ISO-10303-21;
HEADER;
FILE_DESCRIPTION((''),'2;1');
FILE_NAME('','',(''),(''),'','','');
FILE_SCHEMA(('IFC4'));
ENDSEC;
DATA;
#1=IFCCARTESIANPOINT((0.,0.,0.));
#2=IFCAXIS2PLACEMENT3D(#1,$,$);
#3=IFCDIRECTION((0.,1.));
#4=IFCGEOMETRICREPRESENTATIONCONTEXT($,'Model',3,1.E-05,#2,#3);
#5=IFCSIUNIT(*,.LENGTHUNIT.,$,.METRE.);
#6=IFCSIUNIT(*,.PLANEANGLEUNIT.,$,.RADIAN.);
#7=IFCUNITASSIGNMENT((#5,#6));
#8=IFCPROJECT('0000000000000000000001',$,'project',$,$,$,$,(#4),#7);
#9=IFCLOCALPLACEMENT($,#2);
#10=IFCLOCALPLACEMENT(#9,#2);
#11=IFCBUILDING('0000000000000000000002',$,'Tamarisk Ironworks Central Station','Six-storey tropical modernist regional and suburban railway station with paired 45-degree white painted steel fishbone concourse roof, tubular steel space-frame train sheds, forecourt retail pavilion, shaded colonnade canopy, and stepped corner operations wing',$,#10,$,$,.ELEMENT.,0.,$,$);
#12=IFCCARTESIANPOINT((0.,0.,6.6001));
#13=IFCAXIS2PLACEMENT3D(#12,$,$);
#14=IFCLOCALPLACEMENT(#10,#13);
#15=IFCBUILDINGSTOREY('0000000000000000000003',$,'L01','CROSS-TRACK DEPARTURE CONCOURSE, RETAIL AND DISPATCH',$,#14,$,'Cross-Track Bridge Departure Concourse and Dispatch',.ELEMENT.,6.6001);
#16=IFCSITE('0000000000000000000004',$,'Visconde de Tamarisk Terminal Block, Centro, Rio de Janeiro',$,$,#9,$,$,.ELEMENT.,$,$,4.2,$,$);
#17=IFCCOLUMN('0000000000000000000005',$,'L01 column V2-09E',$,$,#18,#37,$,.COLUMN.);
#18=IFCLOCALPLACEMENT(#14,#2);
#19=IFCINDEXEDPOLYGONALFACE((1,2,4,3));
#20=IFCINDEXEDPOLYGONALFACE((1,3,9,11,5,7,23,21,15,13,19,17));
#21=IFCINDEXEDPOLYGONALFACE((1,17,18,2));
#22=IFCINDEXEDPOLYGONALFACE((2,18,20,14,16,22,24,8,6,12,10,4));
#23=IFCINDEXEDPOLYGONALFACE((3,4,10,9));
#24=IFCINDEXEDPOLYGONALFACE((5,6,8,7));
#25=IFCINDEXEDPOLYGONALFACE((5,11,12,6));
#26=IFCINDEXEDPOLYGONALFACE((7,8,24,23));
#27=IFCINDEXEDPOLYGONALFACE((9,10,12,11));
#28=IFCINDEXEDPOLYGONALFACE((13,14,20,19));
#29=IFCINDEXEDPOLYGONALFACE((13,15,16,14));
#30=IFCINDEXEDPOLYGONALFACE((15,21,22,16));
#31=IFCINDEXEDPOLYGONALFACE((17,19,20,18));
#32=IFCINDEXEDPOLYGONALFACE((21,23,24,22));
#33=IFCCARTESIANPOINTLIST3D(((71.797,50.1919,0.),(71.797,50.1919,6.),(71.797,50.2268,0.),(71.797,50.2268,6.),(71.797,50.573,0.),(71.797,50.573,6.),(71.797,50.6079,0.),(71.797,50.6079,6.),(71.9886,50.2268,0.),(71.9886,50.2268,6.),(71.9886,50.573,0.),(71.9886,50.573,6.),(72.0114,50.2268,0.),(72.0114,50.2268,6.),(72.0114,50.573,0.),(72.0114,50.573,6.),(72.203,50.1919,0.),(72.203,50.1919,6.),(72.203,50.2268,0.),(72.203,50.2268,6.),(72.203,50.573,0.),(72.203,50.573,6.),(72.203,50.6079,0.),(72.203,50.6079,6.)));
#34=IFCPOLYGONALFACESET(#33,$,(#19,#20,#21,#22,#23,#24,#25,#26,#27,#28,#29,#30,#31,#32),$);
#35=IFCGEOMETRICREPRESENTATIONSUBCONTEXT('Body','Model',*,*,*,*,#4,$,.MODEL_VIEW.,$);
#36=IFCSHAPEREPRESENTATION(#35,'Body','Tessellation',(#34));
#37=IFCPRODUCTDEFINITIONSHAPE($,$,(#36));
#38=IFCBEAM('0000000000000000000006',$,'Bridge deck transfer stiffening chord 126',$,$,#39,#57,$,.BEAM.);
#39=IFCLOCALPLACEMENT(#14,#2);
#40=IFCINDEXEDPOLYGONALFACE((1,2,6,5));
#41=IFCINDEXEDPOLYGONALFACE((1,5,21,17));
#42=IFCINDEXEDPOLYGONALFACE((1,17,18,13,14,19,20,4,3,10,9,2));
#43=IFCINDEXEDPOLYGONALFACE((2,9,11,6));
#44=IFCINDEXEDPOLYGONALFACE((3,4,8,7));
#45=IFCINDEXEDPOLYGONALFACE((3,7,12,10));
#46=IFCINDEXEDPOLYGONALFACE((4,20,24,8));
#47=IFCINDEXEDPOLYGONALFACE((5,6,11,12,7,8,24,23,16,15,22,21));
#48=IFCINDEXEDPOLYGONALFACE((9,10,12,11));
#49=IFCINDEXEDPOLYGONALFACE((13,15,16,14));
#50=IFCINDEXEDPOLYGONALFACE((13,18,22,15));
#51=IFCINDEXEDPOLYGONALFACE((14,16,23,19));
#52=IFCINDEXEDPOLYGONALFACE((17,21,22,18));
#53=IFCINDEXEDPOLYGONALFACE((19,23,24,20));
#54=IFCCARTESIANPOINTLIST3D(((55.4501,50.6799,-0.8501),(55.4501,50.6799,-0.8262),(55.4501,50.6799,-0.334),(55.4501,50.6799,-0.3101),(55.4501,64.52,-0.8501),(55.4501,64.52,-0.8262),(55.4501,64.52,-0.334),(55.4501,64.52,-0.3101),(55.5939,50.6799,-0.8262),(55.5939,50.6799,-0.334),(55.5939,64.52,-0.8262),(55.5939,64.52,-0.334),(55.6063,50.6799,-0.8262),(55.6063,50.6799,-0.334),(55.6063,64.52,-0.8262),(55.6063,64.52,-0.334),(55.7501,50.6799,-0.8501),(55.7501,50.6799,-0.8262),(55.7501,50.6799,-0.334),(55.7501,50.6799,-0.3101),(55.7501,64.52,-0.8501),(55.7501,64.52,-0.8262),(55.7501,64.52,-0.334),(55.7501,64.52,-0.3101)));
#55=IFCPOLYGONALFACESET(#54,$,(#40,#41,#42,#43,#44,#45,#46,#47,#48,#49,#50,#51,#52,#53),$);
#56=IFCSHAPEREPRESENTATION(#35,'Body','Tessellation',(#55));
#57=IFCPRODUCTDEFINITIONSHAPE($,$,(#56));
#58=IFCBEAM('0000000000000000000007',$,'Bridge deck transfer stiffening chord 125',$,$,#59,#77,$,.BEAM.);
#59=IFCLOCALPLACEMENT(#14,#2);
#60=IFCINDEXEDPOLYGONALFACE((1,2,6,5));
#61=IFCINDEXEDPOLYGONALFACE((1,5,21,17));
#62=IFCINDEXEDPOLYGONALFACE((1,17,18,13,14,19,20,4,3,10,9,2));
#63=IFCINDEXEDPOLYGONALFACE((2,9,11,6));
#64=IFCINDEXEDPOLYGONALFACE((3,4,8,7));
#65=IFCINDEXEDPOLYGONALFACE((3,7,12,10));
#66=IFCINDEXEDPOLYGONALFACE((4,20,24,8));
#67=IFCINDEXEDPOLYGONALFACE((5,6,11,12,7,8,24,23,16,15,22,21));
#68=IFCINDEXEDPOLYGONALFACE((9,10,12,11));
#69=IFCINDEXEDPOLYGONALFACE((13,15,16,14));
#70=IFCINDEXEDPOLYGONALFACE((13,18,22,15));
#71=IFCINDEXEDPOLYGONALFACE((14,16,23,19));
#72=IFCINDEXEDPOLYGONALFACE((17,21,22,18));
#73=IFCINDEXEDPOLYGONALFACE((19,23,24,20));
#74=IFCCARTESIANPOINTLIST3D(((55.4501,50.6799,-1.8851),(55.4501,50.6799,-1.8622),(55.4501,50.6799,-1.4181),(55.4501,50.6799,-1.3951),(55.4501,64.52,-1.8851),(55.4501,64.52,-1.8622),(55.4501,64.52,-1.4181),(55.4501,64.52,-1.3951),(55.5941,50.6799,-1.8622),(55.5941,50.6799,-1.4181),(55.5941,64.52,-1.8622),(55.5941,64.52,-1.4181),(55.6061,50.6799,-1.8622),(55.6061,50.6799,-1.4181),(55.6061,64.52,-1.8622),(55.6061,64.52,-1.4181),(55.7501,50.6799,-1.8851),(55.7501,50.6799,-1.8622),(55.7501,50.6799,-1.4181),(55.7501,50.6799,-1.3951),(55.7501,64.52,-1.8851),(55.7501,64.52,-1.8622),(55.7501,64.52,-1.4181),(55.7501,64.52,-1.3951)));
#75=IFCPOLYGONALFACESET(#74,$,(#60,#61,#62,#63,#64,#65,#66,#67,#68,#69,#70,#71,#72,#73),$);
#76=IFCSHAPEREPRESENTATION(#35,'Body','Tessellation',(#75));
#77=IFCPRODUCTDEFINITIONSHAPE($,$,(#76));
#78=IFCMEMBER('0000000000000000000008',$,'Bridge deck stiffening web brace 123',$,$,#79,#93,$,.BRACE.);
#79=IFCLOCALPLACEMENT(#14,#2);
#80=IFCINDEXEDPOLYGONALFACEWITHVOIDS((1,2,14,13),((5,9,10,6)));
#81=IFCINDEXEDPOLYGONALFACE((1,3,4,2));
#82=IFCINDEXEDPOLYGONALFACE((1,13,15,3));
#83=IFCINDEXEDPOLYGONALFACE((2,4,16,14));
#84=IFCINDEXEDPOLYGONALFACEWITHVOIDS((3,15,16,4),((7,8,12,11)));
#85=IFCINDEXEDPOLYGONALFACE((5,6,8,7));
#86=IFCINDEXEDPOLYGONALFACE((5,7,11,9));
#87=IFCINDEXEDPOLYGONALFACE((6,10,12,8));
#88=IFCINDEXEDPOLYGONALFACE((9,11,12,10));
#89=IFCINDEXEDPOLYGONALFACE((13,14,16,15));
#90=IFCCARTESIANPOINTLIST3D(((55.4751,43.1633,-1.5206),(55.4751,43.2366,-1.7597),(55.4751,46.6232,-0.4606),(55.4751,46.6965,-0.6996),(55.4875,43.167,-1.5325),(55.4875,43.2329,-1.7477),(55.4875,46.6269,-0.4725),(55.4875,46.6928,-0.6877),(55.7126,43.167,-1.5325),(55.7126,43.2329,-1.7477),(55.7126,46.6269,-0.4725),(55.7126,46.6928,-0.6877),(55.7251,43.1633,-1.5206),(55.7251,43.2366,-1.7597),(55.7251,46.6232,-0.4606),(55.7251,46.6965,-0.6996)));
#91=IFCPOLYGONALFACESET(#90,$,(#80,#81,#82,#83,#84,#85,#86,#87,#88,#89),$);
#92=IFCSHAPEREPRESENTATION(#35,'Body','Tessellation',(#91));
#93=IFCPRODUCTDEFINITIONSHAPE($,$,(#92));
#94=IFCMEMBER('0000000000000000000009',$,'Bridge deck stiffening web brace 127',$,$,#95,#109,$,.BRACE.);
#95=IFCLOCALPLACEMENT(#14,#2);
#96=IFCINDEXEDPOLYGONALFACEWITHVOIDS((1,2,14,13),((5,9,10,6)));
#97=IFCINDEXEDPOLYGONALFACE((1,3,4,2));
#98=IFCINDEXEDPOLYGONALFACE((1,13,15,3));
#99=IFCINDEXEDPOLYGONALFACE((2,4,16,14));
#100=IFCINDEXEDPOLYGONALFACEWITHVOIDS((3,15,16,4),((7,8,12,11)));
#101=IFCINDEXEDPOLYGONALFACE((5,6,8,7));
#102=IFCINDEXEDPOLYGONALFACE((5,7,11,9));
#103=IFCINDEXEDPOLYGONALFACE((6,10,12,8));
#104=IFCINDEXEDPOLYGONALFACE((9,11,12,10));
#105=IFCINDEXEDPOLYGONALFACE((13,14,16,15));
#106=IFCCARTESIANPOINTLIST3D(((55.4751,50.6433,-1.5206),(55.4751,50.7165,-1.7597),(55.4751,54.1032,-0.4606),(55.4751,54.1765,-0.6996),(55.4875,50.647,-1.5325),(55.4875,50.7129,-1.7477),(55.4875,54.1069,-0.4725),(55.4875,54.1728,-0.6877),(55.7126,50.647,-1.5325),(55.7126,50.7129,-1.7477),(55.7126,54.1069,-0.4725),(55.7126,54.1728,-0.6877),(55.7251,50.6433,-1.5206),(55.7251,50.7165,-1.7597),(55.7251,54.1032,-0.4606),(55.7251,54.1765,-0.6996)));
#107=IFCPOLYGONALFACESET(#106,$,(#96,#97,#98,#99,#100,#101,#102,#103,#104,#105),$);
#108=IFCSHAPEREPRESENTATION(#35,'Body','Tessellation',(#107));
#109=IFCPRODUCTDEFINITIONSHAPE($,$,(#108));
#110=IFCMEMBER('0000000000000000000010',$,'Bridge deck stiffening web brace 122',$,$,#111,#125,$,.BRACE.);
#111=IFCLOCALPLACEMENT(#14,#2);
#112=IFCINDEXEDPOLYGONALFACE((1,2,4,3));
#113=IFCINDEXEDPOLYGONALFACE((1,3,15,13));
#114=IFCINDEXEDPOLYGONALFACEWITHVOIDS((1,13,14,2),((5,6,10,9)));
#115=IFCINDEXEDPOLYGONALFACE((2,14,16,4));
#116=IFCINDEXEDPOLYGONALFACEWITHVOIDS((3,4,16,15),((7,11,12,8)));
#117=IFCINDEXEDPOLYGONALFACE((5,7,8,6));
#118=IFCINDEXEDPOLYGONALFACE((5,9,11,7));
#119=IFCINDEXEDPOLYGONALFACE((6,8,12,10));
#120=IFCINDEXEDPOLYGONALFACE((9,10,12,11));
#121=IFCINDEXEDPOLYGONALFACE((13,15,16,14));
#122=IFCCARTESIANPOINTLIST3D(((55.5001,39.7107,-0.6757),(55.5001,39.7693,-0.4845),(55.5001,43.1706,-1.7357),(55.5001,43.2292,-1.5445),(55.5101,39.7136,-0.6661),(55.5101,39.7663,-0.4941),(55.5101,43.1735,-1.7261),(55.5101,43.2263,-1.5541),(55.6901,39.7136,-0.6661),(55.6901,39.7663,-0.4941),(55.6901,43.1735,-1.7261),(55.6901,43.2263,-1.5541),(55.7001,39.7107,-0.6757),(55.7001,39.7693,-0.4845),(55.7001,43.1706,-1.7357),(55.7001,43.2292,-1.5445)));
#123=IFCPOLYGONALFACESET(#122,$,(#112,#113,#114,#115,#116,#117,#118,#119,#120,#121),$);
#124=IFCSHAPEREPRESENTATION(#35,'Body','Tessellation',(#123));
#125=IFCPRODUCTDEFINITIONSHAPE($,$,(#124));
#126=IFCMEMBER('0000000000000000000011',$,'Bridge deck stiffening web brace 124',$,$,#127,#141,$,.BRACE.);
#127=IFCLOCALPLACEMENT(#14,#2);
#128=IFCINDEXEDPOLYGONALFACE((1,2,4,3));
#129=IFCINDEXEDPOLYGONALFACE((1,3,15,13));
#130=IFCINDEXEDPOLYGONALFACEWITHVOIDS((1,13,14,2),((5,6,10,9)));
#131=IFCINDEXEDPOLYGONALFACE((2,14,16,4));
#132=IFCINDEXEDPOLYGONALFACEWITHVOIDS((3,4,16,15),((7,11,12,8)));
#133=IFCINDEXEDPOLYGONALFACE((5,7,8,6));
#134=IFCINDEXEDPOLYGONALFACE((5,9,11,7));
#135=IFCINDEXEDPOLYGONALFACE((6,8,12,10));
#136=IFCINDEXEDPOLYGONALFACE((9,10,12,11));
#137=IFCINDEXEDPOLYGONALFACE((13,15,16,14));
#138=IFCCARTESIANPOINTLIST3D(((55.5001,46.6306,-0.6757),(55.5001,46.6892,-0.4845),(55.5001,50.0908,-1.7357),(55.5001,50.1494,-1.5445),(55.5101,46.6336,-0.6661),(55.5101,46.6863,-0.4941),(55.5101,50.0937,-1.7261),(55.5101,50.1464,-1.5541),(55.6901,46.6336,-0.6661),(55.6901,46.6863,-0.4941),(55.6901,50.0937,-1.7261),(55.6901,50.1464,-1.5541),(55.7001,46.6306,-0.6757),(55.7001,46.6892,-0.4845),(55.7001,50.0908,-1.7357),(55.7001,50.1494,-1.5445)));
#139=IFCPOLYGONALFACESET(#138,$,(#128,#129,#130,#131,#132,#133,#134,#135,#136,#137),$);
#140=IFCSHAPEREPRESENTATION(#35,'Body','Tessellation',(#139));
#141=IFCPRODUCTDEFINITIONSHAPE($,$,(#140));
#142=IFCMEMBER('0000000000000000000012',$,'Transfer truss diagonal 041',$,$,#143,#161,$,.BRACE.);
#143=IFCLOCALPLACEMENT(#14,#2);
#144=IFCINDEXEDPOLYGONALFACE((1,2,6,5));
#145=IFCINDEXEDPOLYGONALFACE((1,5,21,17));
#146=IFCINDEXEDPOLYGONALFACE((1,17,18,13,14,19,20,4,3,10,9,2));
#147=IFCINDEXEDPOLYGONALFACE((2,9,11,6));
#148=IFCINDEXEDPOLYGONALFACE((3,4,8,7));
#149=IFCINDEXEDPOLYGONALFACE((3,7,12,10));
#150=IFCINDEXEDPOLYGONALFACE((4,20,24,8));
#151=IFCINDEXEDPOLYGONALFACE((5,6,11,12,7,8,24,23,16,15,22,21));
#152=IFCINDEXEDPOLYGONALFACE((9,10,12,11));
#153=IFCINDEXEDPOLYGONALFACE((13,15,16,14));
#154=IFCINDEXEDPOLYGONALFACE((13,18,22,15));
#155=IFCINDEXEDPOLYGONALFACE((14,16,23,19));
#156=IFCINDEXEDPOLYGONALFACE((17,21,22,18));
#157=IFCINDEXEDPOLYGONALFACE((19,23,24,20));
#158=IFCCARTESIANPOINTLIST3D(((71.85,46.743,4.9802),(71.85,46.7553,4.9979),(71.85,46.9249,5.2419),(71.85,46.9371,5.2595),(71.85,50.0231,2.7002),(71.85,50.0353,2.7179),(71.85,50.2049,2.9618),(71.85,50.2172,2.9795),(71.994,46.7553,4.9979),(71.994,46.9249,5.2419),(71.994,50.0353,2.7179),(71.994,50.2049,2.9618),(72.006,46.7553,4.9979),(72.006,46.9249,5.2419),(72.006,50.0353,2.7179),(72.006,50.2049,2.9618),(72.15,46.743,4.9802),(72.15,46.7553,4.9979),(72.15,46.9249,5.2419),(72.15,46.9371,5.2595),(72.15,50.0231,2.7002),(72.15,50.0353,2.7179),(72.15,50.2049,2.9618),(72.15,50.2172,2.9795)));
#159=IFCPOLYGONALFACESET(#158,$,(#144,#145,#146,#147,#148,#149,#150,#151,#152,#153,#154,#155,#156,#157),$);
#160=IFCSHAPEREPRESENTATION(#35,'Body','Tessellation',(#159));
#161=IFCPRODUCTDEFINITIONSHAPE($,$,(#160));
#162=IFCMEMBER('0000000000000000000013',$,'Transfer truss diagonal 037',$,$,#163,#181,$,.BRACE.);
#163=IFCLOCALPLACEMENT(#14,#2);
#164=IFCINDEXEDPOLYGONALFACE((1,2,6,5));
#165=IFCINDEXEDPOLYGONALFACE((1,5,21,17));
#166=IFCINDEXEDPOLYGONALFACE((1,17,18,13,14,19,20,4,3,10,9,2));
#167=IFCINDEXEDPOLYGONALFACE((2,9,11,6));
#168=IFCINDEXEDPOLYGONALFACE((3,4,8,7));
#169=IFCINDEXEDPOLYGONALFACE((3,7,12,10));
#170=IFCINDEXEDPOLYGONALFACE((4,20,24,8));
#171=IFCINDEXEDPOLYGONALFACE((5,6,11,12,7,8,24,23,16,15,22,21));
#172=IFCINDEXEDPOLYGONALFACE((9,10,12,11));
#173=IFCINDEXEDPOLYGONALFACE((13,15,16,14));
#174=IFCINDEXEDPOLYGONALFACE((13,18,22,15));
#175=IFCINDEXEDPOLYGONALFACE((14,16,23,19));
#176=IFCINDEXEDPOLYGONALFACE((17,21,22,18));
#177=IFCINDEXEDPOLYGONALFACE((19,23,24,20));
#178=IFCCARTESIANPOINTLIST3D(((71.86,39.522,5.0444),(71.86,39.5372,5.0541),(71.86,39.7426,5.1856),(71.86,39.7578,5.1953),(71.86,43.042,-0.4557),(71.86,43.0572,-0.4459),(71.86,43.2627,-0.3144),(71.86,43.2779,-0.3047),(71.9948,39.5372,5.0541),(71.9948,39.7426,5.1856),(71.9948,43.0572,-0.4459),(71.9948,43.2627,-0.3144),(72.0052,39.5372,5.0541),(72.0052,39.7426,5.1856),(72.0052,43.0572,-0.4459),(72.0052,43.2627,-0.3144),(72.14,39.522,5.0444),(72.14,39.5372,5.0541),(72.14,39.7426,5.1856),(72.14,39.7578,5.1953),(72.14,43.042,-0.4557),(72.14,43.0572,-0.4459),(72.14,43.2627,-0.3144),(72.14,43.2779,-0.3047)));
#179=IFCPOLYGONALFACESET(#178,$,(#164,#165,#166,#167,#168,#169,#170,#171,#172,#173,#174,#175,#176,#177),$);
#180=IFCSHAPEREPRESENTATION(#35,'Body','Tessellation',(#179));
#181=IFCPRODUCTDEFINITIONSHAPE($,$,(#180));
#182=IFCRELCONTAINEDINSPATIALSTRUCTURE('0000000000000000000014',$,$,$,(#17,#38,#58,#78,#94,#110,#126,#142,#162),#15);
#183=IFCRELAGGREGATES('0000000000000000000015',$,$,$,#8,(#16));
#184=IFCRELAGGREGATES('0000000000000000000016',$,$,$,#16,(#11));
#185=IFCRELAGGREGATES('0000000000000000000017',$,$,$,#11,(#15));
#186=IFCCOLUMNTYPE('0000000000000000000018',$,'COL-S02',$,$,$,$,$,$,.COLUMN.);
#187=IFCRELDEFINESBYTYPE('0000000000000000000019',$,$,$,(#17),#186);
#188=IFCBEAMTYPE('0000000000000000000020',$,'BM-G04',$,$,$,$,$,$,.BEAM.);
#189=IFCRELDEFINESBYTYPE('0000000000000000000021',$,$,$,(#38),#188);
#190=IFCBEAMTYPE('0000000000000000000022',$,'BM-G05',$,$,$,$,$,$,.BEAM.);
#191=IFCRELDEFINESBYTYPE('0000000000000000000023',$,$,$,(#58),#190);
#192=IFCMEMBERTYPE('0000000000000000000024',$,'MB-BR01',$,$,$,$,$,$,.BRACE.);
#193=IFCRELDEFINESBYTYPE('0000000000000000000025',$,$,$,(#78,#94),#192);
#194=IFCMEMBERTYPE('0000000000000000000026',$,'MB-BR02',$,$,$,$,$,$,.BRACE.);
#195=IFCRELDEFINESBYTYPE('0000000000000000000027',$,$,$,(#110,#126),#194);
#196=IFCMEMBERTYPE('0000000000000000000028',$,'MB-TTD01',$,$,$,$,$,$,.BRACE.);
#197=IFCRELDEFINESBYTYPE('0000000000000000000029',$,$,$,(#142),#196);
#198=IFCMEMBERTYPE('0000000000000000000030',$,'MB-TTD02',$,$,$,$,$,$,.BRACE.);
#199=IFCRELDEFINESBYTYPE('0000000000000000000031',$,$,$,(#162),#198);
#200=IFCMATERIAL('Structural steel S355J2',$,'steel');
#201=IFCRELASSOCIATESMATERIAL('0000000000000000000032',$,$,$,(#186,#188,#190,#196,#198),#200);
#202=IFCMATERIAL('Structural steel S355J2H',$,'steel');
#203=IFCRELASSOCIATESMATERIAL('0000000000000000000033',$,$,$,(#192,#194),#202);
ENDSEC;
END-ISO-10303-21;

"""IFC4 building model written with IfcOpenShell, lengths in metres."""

from ifc_helpers import new_model, si_unit, direction, frame, origin, origin_2d, place, context, subcontext, project, spatial, hollow_rectangle, i_section, extrude, material, material_profile, profile_set, type_object, element, save


model = new_model("IFC4")

# Units and contexts
model_context = context("Model", 3, precision=1e-05, world=origin(), true_north=direction((0.0, 1.0)))
body_context = subcontext(model_context, "Body", "Model", "MODEL_VIEW")
ifc_project = project(units=[si_unit("LENGTHUNIT", "METRE"), si_unit("PLANEANGLEUNIT", "RADIAN")], contexts=[model_context])

# Site, building, storey
site_placement = place(None, origin())
site = spatial("IfcSite", under=ifc_project, at=site_placement, Name="Visconde de Tamarisk Terminal Block, Centro, Rio de Janeiro", CompositionType="ELEMENT", RefElevation=4.2)
building_placement = place(site_placement, origin())
building = spatial("IfcBuilding", under=site, at=building_placement, Name="Tamarisk Ironworks Central Station", Description="Six-storey tropical modernist regional and suburban railway station with paired 45-degree white painted steel fishbone concourse roof, tubular steel space-frame train sheds, forecourt retail pavilion, shaded colonnade canopy, and stepped corner operations wing", CompositionType="ELEMENT", ElevationOfRefHeight=0.0)
storey_placement = place(building_placement, frame((0.0, 0.0, 6.6001)))
storey = spatial("IfcBuildingStorey", under=building, at=storey_placement, Name="L01", Description="CROSS-TRACK DEPARTURE CONCOURSE, RETAIL AND DISPATCH", LongName="Cross-Track Bridge Departure Concourse and Dispatch", CompositionType="ELEMENT", Elevation=6.6001)

# Column
ifc_material_1 = material(Name="Structural steel S355J2", Category="steel")
ifc_material_profile_1 = material_profile(ifc_material_1, i_section(OverallWidth=0.406, OverallDepth=0.416, WebThickness=0.0227, FlangeThickness=0.0349, at=origin_2d()), Name="HD 400x382")
ifc_profile_set_1 = profile_set([ifc_material_profile_1], Name="Structural steel S355J2")
column_type = type_object("IfcColumnType", Name="COL-S02", PredefinedType="COLUMN", material=ifc_profile_set_1)
column_placement = place(storey_placement, frame((72.0, 50.3999, 0.0), z_axis=(0.0, 0.0, 1.0), x_axis=(1.0, 0.0, 0.0)))
element("IfcColumn", 1, at=column_placement, inside=storey, type_object=column_type, Name="L01 column V2-09E", PredefinedType="COLUMN", context=body_context, shape_type="SweptSolid", body=[
    extrude(i_section(OverallWidth=0.406, OverallDepth=0.416, WebThickness=0.0227, FlangeThickness=0.0349, at=origin_2d()), origin(), (0.0, 0.0, 1.0), 6.0),
])

# Beams
ifc_material_profile_2 = material_profile(ifc_material_1, i_section(OverallWidth=0.3, OverallDepth=0.54, WebThickness=0.0125, FlangeThickness=0.0239, at=origin_2d()), Name="HEA 550")
ifc_profile_set_2 = profile_set([ifc_material_profile_2], Name="Structural steel S355J2")
beam_type_1 = type_object("IfcBeamType", Name="BM-G04", PredefinedType="BEAM", material=ifc_profile_set_2)
beam_1_placement = place(storey_placement, frame((55.6001, 50.6799, -0.5801), z_axis=(0.0, 1.0, 0.0), x_axis=(-1.0, 0.0, 0.0)))
element("IfcBeam", 2, at=beam_1_placement, inside=storey, type_object=beam_type_1, Name="Bridge deck transfer stiffening chord 126", PredefinedType="BEAM", context=body_context, shape_type="SweptSolid", body=[
    extrude(i_section(OverallWidth=0.3, OverallDepth=0.54, WebThickness=0.0125, FlangeThickness=0.0239, at=origin_2d()), origin(), (0.0, 0.0, 1.0), 13.8401),
])
ifc_material_profile_3 = material_profile(ifc_material_1, i_section(OverallWidth=0.3, OverallDepth=0.49, WebThickness=0.012, FlangeThickness=0.0229, at=origin_2d()), Name="HEA 500")
ifc_profile_set_3 = profile_set([ifc_material_profile_3], Name="Structural steel S355J2")
beam_type_2 = type_object("IfcBeamType", Name="BM-G05", PredefinedType="BEAM", material=ifc_profile_set_3)
beam_2_placement = place(storey_placement, frame((55.6001, 50.6799, -1.6401), z_axis=(0.0, 1.0, 0.0), x_axis=(-1.0, 0.0, 0.0)))
element("IfcBeam", 3, at=beam_2_placement, inside=storey, type_object=beam_type_2, Name="Bridge deck transfer stiffening chord 125", PredefinedType="BEAM", context=body_context, shape_type="SweptSolid", body=[
    extrude(i_section(OverallWidth=0.3, OverallDepth=0.49, WebThickness=0.012, FlangeThickness=0.0229, at=origin_2d()), origin(), (0.0, 0.0, 1.0), 13.8401),
])

# Members
ifc_material_2 = material(Name="Structural steel S355J2H", Category="steel")
ifc_material_profile_4 = material_profile(ifc_material_2, hollow_rectangle(XDim=0.25, YDim=0.25, WallThickness=0.0125, at=origin_2d()), Name="SHS 250x250x12.5")
ifc_profile_set_4 = profile_set([ifc_material_profile_4], Name="Structural steel S355J2H")
member_type_1 = type_object("IfcMemberType", Name="MB-BR01", PredefinedType="BRACE", material=ifc_profile_set_4)
for number, where, z_axis, x_axis, name in (
    (4, (55.6001, 43.2, -1.6401), (0.0, 0.956131, 0.292938), (-1.0, 0.0, 0.0), "Bridge deck stiffening web brace 123"),
    (5, (55.6001, 50.6799, -1.6401), (0.0, 0.956131, 0.292938), (-1.0, 0.0, 0.0), "Bridge deck stiffening web brace 127"),
):
    element("IfcMember", number, at=place(storey_placement, frame(where, z_axis=z_axis, x_axis=x_axis)), inside=storey, type_object=member_type_1, Name=name, PredefinedType="BRACE", context=body_context, shape_type="SweptSolid", body=[
        extrude(hollow_rectangle(XDim=0.25, YDim=0.25, WallThickness=0.0125, at=origin_2d()), origin(), (0.0, 0.0, 1.0), 3.6187),
    ])
ifc_material_profile_5 = material_profile(ifc_material_2, hollow_rectangle(XDim=0.2, YDim=0.2, WallThickness=0.01, at=origin_2d()), Name="SHS 200x200x10")
ifc_profile_set_5 = profile_set([ifc_material_profile_5], Name="Structural steel S355J2H")
member_type_2 = type_object("IfcMemberType", Name="MB-BR02", PredefinedType="BRACE", material=ifc_profile_set_5)
member_1_placement = place(storey_placement, frame((55.6001, 39.74, -0.5801), z_axis=(0.0, 0.956131, -0.292938), x_axis=(-1.0, 0.0, 0.0)))
element("IfcMember", 6, at=member_1_placement, inside=storey, type_object=member_type_2, Name="Bridge deck stiffening web brace 122", PredefinedType="BRACE", context=body_context, shape_type="SweptSolid", body=[
    extrude(hollow_rectangle(XDim=0.2, YDim=0.2, WallThickness=0.01, at=origin_2d()), origin(), (0.0, 0.0, 1.0), 3.6187),
])
member_2_placement = place(storey_placement, frame((55.6001, 46.6599, -0.5801), z_axis=(0.0, 0.956137, -0.292919), x_axis=(-1.0, 0.0, 0.0)))
element("IfcMember", 7, at=member_2_placement, inside=storey, type_object=member_type_2, Name="Bridge deck stiffening web brace 124", PredefinedType="BRACE", context=body_context, shape_type="SweptSolid", body=[
    extrude(hollow_rectangle(XDim=0.2, YDim=0.2, WallThickness=0.01, at=origin_2d()), origin(), (0.0, 0.0, 1.0), 3.6189),
])
ifc_material_profile_6 = material_profile(ifc_material_1, i_section(OverallWidth=0.3, OverallDepth=0.3401, WebThickness=0.012, FlangeThickness=0.0215, at=origin_2d()), Name="HEB 340")
ifc_profile_set_6 = profile_set([ifc_material_profile_6], Name="Structural steel S355J2")
member_type_3 = type_object("IfcMemberType", Name="MB-TTD01", PredefinedType="BRACE", material=ifc_profile_set_6)
member_3_placement = place(storey_placement, frame((72.0, 46.8401, 5.1199), z_axis=(0.0, 0.821108, -0.570773), x_axis=(-1.0, 0.0, 0.0)))
element("IfcMember", 8, at=member_3_placement, inside=storey, type_object=member_type_3, Name="Transfer truss diagonal 041", PredefinedType="BRACE", context=body_context, shape_type="SweptSolid", body=[
    extrude(i_section(OverallWidth=0.3, OverallDepth=0.3401, WebThickness=0.012, FlangeThickness=0.0215, at=origin_2d()), origin(), (0.0, 0.0, 1.0), 3.9946),
])
ifc_material_profile_7 = material_profile(ifc_material_1, i_section(OverallWidth=0.28, OverallDepth=0.28, WebThickness=0.0105, FlangeThickness=0.0181, at=origin_2d()), Name="HEB 280")
ifc_profile_set_7 = profile_set([ifc_material_profile_7], Name="Structural steel S355J2")
member_type_4 = type_object("IfcMemberType", Name="MB-TTD02", PredefinedType="BRACE", material=ifc_profile_set_7)
for number, where, z_axis, x_axis, name in (
    (9, (72.0, 39.6399, 5.1199), (0.0, 0.539056, -0.84227), (-1.0, 0.0, 0.0), "Transfer truss diagonal 037"),
):
    element("IfcMember", number, at=place(storey_placement, frame(where, z_axis=z_axis, x_axis=x_axis)), inside=storey, type_object=member_type_4, Name=name, PredefinedType="BRACE", context=body_context, shape_type="SweptSolid", body=[
        extrude(i_section(OverallWidth=0.28, OverallDepth=0.28, WebThickness=0.0105, FlangeThickness=0.0181, at=origin_2d()), origin(), (0.0, 0.0, 1.0), 6.53),
    ])

save(model, "model.ifc")
